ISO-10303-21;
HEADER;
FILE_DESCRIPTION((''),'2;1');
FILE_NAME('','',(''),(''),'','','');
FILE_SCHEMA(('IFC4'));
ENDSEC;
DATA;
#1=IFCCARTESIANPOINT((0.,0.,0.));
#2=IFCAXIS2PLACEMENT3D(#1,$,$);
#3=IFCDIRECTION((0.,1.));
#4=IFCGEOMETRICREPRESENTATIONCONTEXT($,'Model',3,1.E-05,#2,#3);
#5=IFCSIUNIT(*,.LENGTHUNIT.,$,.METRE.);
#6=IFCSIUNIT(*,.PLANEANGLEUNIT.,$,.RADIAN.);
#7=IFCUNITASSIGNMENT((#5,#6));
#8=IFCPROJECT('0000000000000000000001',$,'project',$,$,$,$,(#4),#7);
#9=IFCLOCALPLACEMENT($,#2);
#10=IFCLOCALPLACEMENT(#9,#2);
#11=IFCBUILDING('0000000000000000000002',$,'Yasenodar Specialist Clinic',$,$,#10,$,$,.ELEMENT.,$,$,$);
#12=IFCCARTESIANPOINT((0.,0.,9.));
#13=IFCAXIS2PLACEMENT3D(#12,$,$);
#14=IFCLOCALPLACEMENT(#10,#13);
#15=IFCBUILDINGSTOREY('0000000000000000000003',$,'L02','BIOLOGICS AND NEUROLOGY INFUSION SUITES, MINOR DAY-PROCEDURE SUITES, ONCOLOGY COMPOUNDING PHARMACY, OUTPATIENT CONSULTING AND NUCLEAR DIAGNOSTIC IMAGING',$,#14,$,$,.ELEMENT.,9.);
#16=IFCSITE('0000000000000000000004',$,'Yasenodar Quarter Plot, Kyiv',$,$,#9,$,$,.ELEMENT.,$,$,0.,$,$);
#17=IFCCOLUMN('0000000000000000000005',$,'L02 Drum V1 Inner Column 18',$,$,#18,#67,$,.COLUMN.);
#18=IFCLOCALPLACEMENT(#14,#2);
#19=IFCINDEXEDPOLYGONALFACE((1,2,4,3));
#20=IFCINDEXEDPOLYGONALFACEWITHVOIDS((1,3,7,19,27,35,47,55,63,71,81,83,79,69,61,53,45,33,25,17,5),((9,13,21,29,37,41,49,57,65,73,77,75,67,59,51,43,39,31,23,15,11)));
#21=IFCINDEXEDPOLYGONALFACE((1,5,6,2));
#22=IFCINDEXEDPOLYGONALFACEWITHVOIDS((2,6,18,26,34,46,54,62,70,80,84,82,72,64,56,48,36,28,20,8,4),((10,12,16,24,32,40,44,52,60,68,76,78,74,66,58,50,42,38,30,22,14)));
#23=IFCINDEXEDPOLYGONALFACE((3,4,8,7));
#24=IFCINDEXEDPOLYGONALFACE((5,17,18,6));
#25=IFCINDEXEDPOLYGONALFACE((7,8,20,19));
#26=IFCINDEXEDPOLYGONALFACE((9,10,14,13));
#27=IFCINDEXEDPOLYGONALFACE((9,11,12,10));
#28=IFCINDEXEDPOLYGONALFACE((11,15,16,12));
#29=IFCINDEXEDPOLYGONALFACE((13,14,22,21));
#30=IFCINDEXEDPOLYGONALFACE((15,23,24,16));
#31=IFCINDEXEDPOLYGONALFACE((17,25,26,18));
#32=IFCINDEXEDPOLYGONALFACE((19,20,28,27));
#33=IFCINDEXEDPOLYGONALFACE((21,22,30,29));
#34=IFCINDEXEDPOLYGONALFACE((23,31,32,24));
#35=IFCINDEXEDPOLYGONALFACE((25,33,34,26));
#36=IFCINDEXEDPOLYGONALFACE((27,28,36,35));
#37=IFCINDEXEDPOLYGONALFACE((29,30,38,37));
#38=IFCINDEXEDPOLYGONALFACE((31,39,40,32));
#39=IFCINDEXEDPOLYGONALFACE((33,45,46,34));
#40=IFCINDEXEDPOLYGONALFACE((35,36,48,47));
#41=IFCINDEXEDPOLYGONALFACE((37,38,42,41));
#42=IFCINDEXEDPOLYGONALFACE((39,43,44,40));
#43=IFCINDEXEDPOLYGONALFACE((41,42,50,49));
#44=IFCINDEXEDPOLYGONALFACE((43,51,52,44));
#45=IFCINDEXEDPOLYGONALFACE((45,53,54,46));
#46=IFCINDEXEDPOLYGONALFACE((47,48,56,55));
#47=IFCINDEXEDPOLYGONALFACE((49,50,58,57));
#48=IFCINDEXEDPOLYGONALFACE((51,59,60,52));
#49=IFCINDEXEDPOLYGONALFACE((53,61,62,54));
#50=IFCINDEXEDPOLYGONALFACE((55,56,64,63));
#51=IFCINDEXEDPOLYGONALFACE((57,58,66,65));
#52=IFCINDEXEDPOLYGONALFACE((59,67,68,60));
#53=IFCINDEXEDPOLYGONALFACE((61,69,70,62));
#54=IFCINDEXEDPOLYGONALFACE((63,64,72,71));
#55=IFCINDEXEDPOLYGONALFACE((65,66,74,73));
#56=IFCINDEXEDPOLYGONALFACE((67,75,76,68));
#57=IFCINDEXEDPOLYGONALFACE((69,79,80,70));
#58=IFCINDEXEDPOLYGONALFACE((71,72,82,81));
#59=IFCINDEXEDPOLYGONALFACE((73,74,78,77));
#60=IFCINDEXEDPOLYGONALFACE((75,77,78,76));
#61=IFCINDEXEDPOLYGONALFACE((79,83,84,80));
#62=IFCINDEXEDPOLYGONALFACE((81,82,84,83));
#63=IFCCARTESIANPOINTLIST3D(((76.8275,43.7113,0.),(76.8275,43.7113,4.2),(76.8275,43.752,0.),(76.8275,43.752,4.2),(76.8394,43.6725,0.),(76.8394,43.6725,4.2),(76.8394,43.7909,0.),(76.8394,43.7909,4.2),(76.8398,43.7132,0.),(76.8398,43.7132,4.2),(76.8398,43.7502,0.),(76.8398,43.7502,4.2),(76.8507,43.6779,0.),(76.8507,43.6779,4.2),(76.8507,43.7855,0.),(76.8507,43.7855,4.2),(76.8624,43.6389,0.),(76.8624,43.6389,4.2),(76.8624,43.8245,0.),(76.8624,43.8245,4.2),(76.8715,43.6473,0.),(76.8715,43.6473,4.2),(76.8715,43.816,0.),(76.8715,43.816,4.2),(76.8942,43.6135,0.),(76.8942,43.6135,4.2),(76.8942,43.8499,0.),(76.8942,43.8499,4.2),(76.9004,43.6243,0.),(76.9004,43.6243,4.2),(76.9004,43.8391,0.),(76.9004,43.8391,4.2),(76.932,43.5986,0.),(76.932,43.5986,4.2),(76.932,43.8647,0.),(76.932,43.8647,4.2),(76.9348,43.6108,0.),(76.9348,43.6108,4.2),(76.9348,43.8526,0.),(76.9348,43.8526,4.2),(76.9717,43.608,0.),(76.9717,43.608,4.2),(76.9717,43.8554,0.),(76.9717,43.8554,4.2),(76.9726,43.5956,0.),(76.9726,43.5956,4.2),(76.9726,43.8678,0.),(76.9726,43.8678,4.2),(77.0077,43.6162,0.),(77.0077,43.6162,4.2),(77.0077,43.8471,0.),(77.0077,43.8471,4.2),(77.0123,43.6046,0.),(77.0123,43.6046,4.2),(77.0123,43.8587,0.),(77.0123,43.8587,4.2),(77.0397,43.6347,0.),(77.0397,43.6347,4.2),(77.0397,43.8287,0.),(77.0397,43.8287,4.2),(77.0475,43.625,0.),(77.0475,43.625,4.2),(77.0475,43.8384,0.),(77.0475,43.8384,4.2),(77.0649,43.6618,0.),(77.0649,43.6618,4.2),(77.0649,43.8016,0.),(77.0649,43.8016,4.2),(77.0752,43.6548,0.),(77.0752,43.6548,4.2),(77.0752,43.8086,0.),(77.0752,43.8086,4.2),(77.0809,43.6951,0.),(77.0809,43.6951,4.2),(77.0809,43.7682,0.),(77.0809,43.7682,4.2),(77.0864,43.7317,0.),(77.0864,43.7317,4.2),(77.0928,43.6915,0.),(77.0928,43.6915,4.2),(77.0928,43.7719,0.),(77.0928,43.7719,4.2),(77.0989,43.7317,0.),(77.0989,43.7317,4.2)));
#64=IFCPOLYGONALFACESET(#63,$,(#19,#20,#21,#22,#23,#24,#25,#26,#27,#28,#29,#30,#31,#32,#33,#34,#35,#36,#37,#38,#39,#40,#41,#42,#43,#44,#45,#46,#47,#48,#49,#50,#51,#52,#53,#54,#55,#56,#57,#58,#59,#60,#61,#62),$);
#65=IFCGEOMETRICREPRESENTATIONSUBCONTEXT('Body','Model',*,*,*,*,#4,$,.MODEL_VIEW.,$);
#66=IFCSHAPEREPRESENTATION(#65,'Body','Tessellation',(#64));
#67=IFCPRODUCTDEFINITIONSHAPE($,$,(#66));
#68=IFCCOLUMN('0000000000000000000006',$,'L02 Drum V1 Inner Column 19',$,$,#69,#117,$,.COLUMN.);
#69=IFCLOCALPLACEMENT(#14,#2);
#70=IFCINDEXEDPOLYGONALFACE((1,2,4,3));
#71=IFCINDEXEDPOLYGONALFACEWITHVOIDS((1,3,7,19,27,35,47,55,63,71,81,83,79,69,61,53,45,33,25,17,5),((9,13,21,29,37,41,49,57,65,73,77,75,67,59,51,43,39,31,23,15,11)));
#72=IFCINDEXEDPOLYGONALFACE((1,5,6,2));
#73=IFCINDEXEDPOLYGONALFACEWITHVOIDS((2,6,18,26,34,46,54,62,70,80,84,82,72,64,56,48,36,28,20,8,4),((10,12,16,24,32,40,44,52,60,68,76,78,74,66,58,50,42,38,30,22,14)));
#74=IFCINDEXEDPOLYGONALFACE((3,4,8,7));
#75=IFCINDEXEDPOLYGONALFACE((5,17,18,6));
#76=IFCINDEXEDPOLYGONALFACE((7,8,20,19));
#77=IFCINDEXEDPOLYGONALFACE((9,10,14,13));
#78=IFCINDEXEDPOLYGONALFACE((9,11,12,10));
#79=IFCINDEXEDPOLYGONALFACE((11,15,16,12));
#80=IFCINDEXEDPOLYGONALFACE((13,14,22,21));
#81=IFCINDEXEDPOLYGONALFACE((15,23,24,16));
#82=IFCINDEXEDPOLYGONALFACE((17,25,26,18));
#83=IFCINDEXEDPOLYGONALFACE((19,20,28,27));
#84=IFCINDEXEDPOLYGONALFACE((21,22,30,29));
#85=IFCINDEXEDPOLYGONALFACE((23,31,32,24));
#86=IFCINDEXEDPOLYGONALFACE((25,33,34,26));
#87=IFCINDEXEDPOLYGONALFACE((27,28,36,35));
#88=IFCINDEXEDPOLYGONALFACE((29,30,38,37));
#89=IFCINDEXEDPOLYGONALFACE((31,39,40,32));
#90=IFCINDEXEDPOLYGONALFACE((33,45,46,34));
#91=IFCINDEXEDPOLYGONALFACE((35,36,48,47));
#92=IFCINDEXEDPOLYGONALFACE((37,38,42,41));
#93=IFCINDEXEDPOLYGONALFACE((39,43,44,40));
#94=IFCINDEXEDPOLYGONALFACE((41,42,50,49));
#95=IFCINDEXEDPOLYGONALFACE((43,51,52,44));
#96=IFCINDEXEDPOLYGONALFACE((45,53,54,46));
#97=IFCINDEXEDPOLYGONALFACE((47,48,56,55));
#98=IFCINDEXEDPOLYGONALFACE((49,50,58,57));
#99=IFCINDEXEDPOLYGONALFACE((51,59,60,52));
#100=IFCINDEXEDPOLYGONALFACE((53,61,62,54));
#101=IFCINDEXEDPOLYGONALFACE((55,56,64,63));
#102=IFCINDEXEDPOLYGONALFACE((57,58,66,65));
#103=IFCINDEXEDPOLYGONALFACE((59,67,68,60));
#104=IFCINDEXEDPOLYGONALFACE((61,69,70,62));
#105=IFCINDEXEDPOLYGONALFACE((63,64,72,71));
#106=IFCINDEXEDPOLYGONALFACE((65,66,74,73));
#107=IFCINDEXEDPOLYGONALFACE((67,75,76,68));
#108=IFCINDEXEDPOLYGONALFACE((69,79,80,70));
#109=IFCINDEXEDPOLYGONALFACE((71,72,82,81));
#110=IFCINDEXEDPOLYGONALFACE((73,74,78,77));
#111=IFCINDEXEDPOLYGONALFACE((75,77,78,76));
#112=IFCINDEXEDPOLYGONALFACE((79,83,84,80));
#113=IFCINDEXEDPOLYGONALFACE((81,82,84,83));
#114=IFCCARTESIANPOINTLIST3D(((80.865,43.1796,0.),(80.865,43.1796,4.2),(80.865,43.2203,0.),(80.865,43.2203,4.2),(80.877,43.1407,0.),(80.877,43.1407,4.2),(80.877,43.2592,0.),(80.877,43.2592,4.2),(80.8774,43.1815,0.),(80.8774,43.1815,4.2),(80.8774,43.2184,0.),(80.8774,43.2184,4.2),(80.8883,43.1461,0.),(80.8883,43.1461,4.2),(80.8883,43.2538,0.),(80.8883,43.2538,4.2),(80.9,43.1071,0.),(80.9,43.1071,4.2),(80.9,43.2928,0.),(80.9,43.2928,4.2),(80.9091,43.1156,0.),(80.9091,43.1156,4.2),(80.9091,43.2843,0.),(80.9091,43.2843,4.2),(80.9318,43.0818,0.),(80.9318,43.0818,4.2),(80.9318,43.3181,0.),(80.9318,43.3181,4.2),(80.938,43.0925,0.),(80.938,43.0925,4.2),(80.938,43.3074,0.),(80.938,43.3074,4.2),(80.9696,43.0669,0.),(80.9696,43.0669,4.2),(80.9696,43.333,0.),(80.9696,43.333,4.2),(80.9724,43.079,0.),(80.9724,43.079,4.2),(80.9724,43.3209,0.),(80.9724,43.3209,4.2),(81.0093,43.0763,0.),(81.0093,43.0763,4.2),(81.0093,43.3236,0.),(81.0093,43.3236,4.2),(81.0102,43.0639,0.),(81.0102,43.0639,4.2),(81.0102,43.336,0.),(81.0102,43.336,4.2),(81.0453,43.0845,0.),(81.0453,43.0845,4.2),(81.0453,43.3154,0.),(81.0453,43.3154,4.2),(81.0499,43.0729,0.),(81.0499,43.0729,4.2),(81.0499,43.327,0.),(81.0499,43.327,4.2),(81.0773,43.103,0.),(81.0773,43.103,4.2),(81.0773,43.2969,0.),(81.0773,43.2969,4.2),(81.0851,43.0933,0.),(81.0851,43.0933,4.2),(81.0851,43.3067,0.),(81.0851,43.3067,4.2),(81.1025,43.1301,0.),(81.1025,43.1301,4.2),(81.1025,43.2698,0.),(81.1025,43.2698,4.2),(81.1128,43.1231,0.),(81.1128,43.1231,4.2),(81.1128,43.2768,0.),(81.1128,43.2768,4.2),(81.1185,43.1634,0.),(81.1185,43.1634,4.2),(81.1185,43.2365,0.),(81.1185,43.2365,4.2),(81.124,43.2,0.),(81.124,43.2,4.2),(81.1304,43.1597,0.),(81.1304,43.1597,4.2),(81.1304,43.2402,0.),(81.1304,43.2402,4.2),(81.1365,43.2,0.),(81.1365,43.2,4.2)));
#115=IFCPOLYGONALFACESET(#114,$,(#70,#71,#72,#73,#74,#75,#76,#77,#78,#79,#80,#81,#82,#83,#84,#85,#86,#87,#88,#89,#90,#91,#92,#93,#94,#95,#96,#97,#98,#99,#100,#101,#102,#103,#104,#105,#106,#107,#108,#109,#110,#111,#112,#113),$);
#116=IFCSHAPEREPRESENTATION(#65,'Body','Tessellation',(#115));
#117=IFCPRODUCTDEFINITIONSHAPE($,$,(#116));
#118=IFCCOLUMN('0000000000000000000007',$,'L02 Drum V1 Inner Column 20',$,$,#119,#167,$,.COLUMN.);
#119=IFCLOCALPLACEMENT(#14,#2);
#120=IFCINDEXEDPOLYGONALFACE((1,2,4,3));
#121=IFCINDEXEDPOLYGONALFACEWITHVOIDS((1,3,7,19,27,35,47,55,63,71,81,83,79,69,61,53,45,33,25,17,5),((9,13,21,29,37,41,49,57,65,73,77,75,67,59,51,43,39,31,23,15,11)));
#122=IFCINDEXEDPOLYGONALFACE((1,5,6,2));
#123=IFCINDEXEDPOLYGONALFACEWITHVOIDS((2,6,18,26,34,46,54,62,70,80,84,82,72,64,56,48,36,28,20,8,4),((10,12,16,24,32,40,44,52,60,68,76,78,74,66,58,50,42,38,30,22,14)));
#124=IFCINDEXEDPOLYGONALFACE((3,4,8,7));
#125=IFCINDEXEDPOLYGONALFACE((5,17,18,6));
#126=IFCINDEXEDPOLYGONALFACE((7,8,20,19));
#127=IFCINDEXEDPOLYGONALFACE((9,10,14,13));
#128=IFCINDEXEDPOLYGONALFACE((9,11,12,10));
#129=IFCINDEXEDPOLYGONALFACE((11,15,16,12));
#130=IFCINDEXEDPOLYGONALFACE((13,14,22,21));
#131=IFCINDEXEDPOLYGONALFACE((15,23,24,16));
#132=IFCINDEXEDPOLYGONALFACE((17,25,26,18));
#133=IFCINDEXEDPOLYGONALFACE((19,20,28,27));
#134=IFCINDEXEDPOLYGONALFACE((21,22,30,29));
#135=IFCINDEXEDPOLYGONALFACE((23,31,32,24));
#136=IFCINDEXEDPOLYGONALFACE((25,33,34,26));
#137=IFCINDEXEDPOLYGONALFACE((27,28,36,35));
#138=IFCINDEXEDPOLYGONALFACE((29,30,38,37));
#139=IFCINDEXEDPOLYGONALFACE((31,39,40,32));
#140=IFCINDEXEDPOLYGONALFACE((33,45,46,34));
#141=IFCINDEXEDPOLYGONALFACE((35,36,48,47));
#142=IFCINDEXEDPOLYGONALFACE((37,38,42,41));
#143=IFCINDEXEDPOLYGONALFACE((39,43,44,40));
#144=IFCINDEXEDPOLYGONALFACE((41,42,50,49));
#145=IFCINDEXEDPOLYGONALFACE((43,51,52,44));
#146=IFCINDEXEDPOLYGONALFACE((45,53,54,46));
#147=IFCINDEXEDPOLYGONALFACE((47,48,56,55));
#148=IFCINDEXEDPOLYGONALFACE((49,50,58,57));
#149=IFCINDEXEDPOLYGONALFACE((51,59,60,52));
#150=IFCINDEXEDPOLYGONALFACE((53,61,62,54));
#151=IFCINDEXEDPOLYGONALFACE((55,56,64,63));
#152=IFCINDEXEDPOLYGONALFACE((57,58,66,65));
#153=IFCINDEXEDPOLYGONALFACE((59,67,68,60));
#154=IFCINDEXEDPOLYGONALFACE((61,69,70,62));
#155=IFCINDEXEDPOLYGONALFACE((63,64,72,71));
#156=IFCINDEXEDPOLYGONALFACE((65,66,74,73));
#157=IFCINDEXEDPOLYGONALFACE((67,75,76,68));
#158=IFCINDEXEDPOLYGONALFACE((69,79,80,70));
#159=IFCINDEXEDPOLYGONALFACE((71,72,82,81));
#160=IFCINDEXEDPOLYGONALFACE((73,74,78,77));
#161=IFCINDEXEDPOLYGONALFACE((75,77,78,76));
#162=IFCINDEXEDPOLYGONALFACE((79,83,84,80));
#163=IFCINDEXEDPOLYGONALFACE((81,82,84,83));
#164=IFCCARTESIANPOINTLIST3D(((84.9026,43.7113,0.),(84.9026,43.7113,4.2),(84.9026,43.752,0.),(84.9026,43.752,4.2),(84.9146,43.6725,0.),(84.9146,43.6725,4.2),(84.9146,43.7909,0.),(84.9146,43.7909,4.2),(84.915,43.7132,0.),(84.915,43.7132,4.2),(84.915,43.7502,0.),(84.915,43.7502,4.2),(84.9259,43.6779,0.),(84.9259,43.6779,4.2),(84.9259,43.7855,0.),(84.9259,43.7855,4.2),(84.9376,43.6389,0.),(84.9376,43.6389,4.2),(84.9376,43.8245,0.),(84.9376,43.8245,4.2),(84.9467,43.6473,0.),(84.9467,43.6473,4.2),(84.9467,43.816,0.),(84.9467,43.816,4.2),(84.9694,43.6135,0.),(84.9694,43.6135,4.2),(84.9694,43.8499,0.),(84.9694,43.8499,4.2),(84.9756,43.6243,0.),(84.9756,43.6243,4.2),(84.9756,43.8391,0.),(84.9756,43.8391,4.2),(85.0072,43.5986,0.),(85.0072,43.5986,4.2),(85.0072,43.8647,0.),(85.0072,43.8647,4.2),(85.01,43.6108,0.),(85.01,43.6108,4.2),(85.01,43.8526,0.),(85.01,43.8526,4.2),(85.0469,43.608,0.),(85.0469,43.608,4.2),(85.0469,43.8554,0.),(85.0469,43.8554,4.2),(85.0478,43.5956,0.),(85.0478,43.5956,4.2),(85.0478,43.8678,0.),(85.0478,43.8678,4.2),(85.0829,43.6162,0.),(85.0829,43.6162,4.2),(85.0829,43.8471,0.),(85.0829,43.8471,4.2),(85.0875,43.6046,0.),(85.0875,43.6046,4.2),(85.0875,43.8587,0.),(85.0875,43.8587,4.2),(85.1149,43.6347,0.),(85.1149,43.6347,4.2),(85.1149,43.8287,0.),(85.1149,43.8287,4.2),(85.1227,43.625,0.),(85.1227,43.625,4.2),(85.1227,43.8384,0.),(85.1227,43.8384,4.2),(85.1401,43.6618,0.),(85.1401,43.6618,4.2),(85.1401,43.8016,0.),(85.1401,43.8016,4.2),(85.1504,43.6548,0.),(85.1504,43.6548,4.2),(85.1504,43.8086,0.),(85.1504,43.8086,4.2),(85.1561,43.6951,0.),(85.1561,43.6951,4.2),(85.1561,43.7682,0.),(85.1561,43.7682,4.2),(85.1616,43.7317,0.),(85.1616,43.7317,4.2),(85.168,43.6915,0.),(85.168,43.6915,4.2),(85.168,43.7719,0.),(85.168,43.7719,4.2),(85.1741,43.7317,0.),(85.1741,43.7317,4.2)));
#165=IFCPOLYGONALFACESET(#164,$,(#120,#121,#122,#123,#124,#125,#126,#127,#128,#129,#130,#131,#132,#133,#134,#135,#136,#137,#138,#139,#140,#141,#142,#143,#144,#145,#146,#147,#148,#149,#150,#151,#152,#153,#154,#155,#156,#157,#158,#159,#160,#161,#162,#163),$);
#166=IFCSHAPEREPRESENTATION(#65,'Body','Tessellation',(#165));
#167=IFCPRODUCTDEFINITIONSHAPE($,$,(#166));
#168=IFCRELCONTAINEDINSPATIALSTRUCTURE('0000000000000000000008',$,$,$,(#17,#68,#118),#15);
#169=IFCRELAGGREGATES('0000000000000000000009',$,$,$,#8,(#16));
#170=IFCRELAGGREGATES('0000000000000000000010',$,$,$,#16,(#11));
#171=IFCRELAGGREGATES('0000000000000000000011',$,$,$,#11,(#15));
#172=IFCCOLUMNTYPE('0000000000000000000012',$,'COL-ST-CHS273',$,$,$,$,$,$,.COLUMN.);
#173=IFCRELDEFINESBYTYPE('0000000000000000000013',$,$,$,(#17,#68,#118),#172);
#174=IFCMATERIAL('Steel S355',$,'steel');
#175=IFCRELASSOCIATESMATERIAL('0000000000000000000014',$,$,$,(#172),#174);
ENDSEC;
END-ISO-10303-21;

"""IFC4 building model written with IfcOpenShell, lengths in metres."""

from ifc_helpers import new_model, si_unit, direction, frame, origin, origin_2d, place, context, subcontext, project, spatial, hollow_circle, extrude, material, material_profile, profile_set, type_object, element, save


model = new_model("IFC4")

# Units and contexts
model_context = context("Model", 3, precision=1e-05, world=origin(), true_north=direction((0.0, 1.0)))
body_context = subcontext(model_context, "Body", "Model", "MODEL_VIEW")
ifc_project = project(units=[si_unit("LENGTHUNIT", "METRE"), si_unit("PLANEANGLEUNIT", "RADIAN")], contexts=[model_context])

# Site, building, storey
site_placement = place(None, origin())
site = spatial("IfcSite", under=ifc_project, at=site_placement, Name="Yasenodar Quarter Plot, Kyiv", CompositionType="ELEMENT", RefElevation=0.0)
building_placement = place(site_placement, origin())
building = spatial("IfcBuilding", under=site, at=building_placement, Name="Yasenodar Specialist Clinic", CompositionType="ELEMENT")
storey_placement = place(building_placement, frame((0.0, 0.0, 9.0)))
storey = spatial("IfcBuildingStorey", under=building, at=storey_placement, Name="L02", Description="BIOLOGICS AND NEUROLOGY INFUSION SUITES, MINOR DAY-PROCEDURE SUITES, ONCOLOGY COMPOUNDING PHARMACY, OUTPATIENT CONSULTING AND NUCLEAR DIAGNOSTIC IMAGING", CompositionType="ELEMENT", Elevation=9.0)

# Columns
ifc_material_1 = material(Name="Steel S355", Category="steel")
ifc_material_profile_1 = material_profile(ifc_material_1, hollow_circle(Radius=0.1365, WallThickness=0.0125, at=origin_2d()), Name="CHS 273x12.5")
ifc_profile_set_1 = profile_set([ifc_material_profile_1], Name="Steel S355")
column_type = type_object("IfcColumnType", Name="COL-ST-CHS273", PredefinedType="COLUMN", material=ifc_profile_set_1)
for number, where, z_axis, x_axis, name in (
    (1, (76.9624, 43.7317, 0.0), (0.0, 0.0, 1.0), (1.0, 0.0, 0.0), "L02 Drum V1 Inner Column 18"),
    (2, (81.0, 43.2, 0.0), (0.0, 0.0, 1.0), (1.0, 0.0, 0.0), "L02 Drum V1 Inner Column 19"),
    (3, (85.0376, 43.7317, 0.0), (0.0, 0.0, 1.0), (1.0, 0.0, 0.0), "L02 Drum V1 Inner Column 20"),
):
    element("IfcColumn", number, at=place(storey_placement, frame(where, z_axis=z_axis, x_axis=x_axis)), inside=storey, type_object=column_type, Name=name, PredefinedType="COLUMN", context=body_context, shape_type="SweptSolid", body=[
        extrude(hollow_circle(Radius=0.1365, WallThickness=0.0125, at=origin_2d()), origin(), (0.0, 0.0, 1.0), 4.2),
    ])

save(model, "model.ifc")
